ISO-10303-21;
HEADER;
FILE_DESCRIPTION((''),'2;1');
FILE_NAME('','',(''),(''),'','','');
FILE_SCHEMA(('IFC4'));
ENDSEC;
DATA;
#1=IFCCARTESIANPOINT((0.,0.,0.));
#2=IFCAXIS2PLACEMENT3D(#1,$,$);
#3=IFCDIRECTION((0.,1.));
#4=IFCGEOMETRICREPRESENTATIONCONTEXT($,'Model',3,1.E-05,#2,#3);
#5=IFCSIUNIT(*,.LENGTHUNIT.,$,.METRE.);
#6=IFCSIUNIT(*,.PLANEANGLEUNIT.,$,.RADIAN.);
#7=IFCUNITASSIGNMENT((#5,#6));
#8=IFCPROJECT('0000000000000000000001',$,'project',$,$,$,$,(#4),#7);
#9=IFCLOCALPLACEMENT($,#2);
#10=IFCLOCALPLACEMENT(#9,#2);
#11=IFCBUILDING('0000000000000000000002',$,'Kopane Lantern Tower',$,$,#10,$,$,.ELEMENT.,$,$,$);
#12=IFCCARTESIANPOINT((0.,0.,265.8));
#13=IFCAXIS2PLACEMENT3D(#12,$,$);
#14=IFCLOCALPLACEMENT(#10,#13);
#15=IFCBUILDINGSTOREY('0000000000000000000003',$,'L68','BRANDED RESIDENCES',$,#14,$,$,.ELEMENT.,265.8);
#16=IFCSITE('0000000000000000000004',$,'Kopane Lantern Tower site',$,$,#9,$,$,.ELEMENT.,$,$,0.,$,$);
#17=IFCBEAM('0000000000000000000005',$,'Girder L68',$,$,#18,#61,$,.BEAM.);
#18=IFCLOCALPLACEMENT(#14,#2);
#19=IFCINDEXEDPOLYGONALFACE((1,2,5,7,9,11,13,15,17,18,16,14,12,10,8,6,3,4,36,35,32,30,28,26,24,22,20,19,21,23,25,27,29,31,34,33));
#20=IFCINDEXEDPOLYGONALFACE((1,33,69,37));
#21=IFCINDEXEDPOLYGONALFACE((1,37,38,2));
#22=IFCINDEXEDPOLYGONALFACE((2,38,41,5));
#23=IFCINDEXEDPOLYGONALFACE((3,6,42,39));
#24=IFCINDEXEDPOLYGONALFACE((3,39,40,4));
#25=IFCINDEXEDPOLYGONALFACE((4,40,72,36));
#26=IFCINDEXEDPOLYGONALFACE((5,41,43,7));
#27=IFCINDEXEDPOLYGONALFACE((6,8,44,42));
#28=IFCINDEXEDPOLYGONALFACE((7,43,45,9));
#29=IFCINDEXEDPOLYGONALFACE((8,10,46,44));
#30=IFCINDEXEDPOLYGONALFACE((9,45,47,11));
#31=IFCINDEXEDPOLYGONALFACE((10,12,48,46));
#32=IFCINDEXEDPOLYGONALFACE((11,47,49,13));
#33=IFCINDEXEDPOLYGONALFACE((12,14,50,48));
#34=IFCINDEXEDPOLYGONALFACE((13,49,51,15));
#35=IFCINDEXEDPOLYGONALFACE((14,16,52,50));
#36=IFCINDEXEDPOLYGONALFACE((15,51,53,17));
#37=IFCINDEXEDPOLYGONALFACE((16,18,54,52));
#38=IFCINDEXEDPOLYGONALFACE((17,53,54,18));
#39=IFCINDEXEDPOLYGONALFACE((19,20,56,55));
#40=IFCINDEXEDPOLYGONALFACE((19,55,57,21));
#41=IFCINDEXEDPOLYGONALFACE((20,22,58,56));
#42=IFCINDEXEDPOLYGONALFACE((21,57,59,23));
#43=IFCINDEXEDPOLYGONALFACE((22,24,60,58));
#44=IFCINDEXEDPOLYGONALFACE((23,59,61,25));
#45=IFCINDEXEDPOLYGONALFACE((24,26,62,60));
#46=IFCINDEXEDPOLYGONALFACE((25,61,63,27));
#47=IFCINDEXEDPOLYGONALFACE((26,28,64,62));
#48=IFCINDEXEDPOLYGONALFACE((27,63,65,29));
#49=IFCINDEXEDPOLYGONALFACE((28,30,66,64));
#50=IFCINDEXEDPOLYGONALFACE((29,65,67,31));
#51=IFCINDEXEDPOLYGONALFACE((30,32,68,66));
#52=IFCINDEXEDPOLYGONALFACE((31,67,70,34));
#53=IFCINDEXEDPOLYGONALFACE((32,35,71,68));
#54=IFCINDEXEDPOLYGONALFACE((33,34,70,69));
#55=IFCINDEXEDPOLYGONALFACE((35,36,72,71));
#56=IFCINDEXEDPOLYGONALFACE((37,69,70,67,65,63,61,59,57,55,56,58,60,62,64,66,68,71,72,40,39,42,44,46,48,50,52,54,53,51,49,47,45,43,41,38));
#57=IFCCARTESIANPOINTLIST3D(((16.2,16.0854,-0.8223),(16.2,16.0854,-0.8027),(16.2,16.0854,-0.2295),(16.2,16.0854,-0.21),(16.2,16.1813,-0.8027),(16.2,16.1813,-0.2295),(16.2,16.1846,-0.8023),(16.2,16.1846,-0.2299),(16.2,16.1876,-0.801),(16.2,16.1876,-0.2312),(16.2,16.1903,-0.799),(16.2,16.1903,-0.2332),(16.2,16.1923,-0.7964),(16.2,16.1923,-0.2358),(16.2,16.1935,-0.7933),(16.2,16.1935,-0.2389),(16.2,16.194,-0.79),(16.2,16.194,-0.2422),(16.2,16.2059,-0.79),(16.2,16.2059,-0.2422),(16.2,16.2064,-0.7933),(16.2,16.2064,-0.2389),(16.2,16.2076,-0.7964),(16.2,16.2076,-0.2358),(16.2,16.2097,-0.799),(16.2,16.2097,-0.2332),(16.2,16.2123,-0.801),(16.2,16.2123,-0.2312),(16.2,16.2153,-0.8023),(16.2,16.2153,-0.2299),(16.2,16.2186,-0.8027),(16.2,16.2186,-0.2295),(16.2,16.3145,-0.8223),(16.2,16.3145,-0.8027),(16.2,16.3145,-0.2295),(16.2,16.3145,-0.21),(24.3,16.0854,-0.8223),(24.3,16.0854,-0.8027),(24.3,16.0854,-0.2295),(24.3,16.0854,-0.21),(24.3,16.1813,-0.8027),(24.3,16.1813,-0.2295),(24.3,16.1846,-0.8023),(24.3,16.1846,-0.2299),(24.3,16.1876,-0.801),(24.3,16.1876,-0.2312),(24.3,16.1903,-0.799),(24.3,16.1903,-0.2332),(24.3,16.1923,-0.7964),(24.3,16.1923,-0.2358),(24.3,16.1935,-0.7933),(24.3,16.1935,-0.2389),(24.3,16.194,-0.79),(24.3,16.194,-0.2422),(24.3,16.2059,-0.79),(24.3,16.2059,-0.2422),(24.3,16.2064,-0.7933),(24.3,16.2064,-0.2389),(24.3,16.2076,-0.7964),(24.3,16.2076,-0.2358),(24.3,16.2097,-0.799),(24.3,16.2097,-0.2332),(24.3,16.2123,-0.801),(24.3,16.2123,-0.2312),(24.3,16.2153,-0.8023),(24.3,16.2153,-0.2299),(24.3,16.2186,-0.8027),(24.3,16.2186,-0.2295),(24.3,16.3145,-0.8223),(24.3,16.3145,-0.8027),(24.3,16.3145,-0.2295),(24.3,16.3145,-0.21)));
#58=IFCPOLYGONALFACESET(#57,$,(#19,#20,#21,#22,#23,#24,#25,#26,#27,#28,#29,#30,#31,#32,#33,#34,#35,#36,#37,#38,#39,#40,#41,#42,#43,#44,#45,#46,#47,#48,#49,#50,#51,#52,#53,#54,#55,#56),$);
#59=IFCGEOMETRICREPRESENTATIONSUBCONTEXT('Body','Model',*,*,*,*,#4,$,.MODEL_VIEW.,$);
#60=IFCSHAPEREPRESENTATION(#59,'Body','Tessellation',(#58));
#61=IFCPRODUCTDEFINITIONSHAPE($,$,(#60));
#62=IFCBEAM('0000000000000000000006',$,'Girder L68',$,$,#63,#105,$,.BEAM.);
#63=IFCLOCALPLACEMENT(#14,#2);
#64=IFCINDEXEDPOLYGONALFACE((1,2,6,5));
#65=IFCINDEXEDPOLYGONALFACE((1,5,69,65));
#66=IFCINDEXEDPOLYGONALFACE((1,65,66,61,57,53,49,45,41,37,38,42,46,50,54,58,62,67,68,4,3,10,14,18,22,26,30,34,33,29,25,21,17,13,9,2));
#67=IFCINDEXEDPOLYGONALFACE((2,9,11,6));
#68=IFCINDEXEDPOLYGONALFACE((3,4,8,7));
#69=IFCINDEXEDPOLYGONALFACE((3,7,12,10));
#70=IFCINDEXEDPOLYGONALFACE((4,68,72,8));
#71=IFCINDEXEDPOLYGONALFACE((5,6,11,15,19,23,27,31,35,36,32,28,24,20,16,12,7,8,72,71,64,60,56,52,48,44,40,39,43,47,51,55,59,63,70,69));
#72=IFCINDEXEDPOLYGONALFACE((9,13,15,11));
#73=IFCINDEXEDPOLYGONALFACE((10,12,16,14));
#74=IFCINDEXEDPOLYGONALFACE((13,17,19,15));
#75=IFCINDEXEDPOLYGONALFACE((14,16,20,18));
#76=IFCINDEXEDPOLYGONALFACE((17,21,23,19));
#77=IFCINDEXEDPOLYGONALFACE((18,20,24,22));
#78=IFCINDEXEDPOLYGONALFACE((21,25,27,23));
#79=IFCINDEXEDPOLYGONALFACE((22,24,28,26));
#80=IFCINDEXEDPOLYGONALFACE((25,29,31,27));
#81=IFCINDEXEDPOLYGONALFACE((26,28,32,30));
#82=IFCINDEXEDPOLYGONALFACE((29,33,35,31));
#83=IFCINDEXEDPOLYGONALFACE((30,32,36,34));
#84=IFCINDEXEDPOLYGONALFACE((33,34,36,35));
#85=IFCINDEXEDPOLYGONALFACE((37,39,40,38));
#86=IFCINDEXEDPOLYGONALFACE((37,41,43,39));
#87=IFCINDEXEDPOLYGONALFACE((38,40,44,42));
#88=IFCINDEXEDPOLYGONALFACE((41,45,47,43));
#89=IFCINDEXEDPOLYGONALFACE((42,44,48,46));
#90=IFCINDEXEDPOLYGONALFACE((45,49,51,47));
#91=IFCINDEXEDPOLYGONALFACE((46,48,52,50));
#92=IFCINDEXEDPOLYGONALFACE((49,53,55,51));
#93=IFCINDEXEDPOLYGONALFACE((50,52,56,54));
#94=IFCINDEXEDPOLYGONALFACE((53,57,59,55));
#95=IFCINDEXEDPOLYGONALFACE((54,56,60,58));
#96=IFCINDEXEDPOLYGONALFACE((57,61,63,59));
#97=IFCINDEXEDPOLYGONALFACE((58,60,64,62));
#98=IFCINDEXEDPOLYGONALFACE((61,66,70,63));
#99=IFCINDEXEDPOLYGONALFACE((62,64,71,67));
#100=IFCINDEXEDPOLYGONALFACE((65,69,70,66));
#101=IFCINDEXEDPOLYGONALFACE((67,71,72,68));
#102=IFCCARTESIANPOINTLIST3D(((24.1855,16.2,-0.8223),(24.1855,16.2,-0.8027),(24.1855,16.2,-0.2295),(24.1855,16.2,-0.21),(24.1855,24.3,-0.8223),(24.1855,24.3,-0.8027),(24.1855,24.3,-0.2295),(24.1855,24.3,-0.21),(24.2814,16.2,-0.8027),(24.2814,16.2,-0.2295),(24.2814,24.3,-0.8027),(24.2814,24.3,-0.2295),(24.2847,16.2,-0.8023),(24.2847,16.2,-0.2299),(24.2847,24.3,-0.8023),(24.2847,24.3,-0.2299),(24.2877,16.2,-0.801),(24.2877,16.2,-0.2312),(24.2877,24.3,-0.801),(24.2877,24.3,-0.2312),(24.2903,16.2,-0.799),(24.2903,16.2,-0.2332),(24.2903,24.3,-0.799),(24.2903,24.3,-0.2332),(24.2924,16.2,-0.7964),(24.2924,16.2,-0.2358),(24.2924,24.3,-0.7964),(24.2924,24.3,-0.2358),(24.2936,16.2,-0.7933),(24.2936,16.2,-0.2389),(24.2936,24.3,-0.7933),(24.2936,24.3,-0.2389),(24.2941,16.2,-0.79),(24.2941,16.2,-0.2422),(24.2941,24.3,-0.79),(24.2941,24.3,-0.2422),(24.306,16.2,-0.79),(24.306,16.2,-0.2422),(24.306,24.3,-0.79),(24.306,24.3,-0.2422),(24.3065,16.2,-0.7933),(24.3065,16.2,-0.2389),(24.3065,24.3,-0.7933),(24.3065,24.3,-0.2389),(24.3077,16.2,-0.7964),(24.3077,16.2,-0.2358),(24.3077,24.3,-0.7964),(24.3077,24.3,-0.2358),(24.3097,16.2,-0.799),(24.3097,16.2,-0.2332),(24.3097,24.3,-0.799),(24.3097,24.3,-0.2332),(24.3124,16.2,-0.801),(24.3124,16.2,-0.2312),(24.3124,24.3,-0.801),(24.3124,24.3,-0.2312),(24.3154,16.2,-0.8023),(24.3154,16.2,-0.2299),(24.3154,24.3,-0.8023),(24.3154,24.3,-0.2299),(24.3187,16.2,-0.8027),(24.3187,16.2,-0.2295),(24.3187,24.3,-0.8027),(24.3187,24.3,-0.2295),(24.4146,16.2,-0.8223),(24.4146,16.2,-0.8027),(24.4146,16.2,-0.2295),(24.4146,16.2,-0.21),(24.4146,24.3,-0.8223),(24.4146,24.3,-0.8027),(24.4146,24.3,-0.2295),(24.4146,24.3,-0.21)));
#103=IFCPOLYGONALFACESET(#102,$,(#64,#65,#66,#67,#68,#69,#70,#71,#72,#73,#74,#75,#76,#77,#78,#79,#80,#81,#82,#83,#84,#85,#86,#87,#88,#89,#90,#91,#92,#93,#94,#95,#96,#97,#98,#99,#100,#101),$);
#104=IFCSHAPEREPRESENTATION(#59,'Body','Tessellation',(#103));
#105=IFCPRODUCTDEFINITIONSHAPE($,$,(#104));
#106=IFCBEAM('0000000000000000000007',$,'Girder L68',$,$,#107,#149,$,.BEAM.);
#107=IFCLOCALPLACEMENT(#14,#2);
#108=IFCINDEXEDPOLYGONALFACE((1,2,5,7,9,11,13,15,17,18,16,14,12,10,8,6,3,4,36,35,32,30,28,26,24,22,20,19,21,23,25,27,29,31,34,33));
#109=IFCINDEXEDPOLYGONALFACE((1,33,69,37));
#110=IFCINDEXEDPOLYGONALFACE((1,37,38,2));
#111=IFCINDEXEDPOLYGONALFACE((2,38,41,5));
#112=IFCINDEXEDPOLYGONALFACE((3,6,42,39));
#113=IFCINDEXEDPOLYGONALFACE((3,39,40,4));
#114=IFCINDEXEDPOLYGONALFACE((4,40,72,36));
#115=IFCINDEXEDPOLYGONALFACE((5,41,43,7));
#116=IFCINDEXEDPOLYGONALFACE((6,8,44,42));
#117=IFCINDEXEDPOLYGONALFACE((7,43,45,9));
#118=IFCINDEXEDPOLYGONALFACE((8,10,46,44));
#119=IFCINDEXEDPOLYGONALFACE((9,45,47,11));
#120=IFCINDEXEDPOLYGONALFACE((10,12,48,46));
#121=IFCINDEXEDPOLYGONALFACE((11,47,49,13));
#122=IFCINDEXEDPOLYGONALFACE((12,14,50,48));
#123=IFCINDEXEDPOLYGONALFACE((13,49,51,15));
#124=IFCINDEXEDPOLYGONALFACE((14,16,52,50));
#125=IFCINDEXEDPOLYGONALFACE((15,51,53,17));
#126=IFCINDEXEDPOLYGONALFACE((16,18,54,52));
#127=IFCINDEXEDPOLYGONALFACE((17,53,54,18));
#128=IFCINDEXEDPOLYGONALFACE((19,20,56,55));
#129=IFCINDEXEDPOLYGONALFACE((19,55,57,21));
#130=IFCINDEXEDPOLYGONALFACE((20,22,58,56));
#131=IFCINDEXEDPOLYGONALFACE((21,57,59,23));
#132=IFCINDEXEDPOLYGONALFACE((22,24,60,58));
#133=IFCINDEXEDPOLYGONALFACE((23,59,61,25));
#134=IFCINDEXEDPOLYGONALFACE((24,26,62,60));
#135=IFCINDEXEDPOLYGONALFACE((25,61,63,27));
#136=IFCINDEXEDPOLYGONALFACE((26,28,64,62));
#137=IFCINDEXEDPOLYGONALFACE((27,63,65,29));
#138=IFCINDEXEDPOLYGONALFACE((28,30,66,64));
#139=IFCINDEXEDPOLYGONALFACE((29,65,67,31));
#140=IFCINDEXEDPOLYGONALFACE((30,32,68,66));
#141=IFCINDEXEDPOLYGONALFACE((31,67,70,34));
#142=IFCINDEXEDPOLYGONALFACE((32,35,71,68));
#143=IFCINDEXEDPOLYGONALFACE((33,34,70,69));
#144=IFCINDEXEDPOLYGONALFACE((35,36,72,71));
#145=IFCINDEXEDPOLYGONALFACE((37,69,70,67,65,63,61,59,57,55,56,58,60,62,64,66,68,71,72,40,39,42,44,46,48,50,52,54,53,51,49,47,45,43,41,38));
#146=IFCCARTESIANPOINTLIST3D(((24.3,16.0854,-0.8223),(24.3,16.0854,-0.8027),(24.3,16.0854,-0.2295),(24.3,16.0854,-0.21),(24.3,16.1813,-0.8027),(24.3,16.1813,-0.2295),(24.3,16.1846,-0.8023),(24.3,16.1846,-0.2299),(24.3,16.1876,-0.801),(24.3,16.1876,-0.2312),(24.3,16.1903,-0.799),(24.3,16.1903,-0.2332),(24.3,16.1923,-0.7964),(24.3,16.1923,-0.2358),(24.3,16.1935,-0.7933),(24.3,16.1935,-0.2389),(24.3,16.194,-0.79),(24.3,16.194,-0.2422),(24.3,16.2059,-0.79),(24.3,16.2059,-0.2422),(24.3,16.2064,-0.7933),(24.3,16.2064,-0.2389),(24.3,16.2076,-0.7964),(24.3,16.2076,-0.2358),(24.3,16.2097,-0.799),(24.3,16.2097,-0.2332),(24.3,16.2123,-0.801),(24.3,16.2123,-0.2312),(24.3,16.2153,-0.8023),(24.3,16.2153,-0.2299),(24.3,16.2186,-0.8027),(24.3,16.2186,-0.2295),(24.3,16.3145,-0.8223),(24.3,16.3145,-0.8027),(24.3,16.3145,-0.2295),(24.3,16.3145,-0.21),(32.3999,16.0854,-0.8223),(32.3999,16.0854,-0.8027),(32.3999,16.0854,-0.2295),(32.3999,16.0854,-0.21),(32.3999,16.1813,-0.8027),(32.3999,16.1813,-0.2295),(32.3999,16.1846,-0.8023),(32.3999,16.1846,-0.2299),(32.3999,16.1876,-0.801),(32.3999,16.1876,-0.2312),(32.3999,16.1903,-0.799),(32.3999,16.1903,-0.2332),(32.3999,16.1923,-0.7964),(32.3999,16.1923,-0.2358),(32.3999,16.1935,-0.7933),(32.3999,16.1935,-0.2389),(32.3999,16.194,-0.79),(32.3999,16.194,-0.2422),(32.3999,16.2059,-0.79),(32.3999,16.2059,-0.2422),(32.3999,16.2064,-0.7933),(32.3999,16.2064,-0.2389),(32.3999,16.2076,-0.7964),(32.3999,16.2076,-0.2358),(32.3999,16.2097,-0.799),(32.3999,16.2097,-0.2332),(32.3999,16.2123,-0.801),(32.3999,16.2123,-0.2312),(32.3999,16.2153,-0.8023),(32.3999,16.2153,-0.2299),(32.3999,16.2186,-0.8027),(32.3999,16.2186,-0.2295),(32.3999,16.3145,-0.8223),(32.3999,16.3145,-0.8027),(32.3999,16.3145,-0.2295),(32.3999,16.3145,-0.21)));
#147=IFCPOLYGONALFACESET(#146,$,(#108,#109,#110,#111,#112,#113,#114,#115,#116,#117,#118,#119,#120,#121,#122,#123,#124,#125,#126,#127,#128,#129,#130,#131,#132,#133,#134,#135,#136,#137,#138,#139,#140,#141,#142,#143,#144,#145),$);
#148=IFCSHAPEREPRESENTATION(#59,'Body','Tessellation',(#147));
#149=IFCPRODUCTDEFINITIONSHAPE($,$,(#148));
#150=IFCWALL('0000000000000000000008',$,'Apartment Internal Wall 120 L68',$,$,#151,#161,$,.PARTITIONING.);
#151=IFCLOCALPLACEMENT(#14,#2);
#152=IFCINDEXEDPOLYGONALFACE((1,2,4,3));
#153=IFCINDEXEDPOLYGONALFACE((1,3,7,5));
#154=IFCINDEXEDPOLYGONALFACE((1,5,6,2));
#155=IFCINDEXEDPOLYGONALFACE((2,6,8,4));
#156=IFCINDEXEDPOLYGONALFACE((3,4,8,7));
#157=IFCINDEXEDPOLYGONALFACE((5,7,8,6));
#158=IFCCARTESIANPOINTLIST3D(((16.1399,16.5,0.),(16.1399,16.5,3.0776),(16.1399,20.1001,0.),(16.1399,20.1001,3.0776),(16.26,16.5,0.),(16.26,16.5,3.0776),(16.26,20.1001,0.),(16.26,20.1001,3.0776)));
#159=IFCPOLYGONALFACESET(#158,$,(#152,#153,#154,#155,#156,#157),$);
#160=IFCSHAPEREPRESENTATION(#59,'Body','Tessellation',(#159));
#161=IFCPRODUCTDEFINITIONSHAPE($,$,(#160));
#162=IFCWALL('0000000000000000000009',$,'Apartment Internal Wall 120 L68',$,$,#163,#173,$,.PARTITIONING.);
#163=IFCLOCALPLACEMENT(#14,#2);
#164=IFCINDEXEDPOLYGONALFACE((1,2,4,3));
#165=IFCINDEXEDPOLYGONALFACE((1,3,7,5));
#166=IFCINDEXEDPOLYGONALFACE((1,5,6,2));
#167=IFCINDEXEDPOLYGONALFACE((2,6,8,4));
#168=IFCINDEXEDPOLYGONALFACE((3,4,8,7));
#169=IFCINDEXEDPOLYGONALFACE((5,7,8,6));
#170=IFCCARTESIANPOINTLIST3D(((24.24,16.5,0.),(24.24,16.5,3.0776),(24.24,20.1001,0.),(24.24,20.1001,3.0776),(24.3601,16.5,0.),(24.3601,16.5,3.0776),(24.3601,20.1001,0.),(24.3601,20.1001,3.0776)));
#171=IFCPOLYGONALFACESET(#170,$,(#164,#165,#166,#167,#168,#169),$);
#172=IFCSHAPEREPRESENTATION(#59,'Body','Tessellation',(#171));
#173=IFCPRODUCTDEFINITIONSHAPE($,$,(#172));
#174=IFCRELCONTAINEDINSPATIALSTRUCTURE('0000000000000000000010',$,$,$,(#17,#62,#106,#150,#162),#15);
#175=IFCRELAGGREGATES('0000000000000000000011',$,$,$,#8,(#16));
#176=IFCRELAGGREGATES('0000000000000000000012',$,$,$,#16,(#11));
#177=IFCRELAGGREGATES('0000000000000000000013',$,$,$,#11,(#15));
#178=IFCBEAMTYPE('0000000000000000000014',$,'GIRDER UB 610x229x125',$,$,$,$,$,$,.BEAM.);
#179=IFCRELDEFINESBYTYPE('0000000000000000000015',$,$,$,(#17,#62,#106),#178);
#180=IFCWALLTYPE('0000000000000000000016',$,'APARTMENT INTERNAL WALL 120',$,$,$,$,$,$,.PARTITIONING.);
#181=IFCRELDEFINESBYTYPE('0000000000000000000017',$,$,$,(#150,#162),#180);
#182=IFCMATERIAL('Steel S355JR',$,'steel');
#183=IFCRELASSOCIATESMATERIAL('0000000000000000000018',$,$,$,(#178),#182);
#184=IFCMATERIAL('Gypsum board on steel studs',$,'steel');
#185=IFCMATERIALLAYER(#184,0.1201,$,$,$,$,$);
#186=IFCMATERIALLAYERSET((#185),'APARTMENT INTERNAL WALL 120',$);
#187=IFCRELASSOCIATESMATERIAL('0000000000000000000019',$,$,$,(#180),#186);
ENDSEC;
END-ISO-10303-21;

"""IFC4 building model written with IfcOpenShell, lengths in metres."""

from ifc_helpers import new_model, si_unit, direction, frame, frame_2d, origin, origin_2d, place, context, subcontext, project, spatial, rectangle, i_section, extrude, material, layer, layer_set, material_profile, profile_set, type_object, element, save


model = new_model("IFC4")

# Units and contexts
model_context = context("Model", 3, precision=1e-05, world=origin(), true_north=direction((0.0, 1.0)))
body_context = subcontext(model_context, "Body", "Model", "MODEL_VIEW")
ifc_project = project(units=[si_unit("LENGTHUNIT", "METRE"), si_unit("PLANEANGLEUNIT", "RADIAN")], contexts=[model_context])

# Site, building, storey
site_placement = place(None, origin())
site = spatial("IfcSite", under=ifc_project, at=site_placement, Name="Kopane Lantern Tower site", CompositionType="ELEMENT", RefElevation=0.0)
building_placement = place(site_placement, origin())
building = spatial("IfcBuilding", under=site, at=building_placement, Name="Kopane Lantern Tower", CompositionType="ELEMENT")
storey_placement = place(building_placement, frame((0.0, 0.0, 265.8)))
storey = spatial("IfcBuildingStorey", under=building, at=storey_placement, Name="L68", Description="BRANDED RESIDENCES", CompositionType="ELEMENT", Elevation=265.8)

# Beams
ifc_material_1 = material(Name="Steel S355JR", Category="steel")
ifc_material_profile_1 = material_profile(ifc_material_1, i_section(OverallWidth=0.229, OverallDepth=0.6123, WebThickness=0.012, FlangeThickness=0.0195, FilletRadius=0.0127, at=origin_2d()), Name="UB 610x229x125")
ifc_profile_set_1 = profile_set([ifc_material_profile_1], Name="Steel S355JR")
beam_type = type_object("IfcBeamType", Name="GIRDER UB 610x229x125", PredefinedType="BEAM", material=ifc_profile_set_1)
for number, where, z_axis, x_axis, name in (
    (1, (16.2, 16.2, -0.5161), (1.0, 0.0, 0.0), (0.0, 1.0, 0.0), "Girder L68"),
    (2, (24.3, 16.2, -0.5161), (0.0, 1.0, 0.0), (-1.0, 0.0, 0.0), "Girder L68"),
):
    element("IfcBeam", number, at=place(storey_placement, frame(where, z_axis=z_axis, x_axis=x_axis)), inside=storey, type_object=beam_type, Name=name, PredefinedType="BEAM", context=body_context, shape_type="SweptSolid", body=[
        extrude(i_section(OverallWidth=0.229, OverallDepth=0.6123, WebThickness=0.012, FlangeThickness=0.0195, FilletRadius=0.0127, at=origin_2d()), origin(), (0.0, 0.0, 1.0), 8.1001),
    ])
beam_placement = place(storey_placement, frame((24.3, 16.2, -0.5161), z_axis=(1.0, 0.0, 0.0), x_axis=(0.0, 1.0, 0.0)))
element("IfcBeam", 3, at=beam_placement, inside=storey, type_object=beam_type, Name="Girder L68", PredefinedType="BEAM", context=body_context, shape_type="SweptSolid", body=[
    extrude(i_section(OverallWidth=0.229, OverallDepth=0.6123, WebThickness=0.012, FlangeThickness=0.0195, FilletRadius=0.0127, at=origin_2d()), origin(), (0.0, 0.0, 1.0), 8.0999),
])

# Walls
ifc_material_2 = material(Name="Gypsum board on steel studs", Category="steel")
ifc_layer_1 = layer(ifc_material_2, 0.1201)
ifc_layer_set_1 = layer_set([ifc_layer_1], Name="APARTMENT INTERNAL WALL 120")
wall_type_1 = type_object("IfcWallType", Name="APARTMENT INTERNAL WALL 120", PredefinedType="PARTITIONING", material=ifc_layer_set_1)
for number, where, z_axis, x_axis, name in (
    (4, (16.2, 20.1001, 0.0), (0.0, 0.0, 1.0), (0.0, -1.0, 0.0), "Apartment Internal Wall 120 L68"),
    (5, (24.3, 20.1001, 0.0), (0.0, 0.0, 1.0), (0.0, -1.0, 0.0), "Apartment Internal Wall 120 L68"),
):
    element("IfcWall", number, at=place(storey_placement, frame(where, z_axis=z_axis, x_axis=x_axis)), inside=storey, type_object=wall_type_1, Name=name, PredefinedType="PARTITIONING", context=body_context, shape_type="SweptSolid", body=[
        extrude(rectangle(XDim=3.6001, YDim=0.1201, at=frame_2d((1.8, 0.0))), origin(), (0.0, 0.0, 1.0), 3.0776),
    ])

save(model, "model.ifc")
